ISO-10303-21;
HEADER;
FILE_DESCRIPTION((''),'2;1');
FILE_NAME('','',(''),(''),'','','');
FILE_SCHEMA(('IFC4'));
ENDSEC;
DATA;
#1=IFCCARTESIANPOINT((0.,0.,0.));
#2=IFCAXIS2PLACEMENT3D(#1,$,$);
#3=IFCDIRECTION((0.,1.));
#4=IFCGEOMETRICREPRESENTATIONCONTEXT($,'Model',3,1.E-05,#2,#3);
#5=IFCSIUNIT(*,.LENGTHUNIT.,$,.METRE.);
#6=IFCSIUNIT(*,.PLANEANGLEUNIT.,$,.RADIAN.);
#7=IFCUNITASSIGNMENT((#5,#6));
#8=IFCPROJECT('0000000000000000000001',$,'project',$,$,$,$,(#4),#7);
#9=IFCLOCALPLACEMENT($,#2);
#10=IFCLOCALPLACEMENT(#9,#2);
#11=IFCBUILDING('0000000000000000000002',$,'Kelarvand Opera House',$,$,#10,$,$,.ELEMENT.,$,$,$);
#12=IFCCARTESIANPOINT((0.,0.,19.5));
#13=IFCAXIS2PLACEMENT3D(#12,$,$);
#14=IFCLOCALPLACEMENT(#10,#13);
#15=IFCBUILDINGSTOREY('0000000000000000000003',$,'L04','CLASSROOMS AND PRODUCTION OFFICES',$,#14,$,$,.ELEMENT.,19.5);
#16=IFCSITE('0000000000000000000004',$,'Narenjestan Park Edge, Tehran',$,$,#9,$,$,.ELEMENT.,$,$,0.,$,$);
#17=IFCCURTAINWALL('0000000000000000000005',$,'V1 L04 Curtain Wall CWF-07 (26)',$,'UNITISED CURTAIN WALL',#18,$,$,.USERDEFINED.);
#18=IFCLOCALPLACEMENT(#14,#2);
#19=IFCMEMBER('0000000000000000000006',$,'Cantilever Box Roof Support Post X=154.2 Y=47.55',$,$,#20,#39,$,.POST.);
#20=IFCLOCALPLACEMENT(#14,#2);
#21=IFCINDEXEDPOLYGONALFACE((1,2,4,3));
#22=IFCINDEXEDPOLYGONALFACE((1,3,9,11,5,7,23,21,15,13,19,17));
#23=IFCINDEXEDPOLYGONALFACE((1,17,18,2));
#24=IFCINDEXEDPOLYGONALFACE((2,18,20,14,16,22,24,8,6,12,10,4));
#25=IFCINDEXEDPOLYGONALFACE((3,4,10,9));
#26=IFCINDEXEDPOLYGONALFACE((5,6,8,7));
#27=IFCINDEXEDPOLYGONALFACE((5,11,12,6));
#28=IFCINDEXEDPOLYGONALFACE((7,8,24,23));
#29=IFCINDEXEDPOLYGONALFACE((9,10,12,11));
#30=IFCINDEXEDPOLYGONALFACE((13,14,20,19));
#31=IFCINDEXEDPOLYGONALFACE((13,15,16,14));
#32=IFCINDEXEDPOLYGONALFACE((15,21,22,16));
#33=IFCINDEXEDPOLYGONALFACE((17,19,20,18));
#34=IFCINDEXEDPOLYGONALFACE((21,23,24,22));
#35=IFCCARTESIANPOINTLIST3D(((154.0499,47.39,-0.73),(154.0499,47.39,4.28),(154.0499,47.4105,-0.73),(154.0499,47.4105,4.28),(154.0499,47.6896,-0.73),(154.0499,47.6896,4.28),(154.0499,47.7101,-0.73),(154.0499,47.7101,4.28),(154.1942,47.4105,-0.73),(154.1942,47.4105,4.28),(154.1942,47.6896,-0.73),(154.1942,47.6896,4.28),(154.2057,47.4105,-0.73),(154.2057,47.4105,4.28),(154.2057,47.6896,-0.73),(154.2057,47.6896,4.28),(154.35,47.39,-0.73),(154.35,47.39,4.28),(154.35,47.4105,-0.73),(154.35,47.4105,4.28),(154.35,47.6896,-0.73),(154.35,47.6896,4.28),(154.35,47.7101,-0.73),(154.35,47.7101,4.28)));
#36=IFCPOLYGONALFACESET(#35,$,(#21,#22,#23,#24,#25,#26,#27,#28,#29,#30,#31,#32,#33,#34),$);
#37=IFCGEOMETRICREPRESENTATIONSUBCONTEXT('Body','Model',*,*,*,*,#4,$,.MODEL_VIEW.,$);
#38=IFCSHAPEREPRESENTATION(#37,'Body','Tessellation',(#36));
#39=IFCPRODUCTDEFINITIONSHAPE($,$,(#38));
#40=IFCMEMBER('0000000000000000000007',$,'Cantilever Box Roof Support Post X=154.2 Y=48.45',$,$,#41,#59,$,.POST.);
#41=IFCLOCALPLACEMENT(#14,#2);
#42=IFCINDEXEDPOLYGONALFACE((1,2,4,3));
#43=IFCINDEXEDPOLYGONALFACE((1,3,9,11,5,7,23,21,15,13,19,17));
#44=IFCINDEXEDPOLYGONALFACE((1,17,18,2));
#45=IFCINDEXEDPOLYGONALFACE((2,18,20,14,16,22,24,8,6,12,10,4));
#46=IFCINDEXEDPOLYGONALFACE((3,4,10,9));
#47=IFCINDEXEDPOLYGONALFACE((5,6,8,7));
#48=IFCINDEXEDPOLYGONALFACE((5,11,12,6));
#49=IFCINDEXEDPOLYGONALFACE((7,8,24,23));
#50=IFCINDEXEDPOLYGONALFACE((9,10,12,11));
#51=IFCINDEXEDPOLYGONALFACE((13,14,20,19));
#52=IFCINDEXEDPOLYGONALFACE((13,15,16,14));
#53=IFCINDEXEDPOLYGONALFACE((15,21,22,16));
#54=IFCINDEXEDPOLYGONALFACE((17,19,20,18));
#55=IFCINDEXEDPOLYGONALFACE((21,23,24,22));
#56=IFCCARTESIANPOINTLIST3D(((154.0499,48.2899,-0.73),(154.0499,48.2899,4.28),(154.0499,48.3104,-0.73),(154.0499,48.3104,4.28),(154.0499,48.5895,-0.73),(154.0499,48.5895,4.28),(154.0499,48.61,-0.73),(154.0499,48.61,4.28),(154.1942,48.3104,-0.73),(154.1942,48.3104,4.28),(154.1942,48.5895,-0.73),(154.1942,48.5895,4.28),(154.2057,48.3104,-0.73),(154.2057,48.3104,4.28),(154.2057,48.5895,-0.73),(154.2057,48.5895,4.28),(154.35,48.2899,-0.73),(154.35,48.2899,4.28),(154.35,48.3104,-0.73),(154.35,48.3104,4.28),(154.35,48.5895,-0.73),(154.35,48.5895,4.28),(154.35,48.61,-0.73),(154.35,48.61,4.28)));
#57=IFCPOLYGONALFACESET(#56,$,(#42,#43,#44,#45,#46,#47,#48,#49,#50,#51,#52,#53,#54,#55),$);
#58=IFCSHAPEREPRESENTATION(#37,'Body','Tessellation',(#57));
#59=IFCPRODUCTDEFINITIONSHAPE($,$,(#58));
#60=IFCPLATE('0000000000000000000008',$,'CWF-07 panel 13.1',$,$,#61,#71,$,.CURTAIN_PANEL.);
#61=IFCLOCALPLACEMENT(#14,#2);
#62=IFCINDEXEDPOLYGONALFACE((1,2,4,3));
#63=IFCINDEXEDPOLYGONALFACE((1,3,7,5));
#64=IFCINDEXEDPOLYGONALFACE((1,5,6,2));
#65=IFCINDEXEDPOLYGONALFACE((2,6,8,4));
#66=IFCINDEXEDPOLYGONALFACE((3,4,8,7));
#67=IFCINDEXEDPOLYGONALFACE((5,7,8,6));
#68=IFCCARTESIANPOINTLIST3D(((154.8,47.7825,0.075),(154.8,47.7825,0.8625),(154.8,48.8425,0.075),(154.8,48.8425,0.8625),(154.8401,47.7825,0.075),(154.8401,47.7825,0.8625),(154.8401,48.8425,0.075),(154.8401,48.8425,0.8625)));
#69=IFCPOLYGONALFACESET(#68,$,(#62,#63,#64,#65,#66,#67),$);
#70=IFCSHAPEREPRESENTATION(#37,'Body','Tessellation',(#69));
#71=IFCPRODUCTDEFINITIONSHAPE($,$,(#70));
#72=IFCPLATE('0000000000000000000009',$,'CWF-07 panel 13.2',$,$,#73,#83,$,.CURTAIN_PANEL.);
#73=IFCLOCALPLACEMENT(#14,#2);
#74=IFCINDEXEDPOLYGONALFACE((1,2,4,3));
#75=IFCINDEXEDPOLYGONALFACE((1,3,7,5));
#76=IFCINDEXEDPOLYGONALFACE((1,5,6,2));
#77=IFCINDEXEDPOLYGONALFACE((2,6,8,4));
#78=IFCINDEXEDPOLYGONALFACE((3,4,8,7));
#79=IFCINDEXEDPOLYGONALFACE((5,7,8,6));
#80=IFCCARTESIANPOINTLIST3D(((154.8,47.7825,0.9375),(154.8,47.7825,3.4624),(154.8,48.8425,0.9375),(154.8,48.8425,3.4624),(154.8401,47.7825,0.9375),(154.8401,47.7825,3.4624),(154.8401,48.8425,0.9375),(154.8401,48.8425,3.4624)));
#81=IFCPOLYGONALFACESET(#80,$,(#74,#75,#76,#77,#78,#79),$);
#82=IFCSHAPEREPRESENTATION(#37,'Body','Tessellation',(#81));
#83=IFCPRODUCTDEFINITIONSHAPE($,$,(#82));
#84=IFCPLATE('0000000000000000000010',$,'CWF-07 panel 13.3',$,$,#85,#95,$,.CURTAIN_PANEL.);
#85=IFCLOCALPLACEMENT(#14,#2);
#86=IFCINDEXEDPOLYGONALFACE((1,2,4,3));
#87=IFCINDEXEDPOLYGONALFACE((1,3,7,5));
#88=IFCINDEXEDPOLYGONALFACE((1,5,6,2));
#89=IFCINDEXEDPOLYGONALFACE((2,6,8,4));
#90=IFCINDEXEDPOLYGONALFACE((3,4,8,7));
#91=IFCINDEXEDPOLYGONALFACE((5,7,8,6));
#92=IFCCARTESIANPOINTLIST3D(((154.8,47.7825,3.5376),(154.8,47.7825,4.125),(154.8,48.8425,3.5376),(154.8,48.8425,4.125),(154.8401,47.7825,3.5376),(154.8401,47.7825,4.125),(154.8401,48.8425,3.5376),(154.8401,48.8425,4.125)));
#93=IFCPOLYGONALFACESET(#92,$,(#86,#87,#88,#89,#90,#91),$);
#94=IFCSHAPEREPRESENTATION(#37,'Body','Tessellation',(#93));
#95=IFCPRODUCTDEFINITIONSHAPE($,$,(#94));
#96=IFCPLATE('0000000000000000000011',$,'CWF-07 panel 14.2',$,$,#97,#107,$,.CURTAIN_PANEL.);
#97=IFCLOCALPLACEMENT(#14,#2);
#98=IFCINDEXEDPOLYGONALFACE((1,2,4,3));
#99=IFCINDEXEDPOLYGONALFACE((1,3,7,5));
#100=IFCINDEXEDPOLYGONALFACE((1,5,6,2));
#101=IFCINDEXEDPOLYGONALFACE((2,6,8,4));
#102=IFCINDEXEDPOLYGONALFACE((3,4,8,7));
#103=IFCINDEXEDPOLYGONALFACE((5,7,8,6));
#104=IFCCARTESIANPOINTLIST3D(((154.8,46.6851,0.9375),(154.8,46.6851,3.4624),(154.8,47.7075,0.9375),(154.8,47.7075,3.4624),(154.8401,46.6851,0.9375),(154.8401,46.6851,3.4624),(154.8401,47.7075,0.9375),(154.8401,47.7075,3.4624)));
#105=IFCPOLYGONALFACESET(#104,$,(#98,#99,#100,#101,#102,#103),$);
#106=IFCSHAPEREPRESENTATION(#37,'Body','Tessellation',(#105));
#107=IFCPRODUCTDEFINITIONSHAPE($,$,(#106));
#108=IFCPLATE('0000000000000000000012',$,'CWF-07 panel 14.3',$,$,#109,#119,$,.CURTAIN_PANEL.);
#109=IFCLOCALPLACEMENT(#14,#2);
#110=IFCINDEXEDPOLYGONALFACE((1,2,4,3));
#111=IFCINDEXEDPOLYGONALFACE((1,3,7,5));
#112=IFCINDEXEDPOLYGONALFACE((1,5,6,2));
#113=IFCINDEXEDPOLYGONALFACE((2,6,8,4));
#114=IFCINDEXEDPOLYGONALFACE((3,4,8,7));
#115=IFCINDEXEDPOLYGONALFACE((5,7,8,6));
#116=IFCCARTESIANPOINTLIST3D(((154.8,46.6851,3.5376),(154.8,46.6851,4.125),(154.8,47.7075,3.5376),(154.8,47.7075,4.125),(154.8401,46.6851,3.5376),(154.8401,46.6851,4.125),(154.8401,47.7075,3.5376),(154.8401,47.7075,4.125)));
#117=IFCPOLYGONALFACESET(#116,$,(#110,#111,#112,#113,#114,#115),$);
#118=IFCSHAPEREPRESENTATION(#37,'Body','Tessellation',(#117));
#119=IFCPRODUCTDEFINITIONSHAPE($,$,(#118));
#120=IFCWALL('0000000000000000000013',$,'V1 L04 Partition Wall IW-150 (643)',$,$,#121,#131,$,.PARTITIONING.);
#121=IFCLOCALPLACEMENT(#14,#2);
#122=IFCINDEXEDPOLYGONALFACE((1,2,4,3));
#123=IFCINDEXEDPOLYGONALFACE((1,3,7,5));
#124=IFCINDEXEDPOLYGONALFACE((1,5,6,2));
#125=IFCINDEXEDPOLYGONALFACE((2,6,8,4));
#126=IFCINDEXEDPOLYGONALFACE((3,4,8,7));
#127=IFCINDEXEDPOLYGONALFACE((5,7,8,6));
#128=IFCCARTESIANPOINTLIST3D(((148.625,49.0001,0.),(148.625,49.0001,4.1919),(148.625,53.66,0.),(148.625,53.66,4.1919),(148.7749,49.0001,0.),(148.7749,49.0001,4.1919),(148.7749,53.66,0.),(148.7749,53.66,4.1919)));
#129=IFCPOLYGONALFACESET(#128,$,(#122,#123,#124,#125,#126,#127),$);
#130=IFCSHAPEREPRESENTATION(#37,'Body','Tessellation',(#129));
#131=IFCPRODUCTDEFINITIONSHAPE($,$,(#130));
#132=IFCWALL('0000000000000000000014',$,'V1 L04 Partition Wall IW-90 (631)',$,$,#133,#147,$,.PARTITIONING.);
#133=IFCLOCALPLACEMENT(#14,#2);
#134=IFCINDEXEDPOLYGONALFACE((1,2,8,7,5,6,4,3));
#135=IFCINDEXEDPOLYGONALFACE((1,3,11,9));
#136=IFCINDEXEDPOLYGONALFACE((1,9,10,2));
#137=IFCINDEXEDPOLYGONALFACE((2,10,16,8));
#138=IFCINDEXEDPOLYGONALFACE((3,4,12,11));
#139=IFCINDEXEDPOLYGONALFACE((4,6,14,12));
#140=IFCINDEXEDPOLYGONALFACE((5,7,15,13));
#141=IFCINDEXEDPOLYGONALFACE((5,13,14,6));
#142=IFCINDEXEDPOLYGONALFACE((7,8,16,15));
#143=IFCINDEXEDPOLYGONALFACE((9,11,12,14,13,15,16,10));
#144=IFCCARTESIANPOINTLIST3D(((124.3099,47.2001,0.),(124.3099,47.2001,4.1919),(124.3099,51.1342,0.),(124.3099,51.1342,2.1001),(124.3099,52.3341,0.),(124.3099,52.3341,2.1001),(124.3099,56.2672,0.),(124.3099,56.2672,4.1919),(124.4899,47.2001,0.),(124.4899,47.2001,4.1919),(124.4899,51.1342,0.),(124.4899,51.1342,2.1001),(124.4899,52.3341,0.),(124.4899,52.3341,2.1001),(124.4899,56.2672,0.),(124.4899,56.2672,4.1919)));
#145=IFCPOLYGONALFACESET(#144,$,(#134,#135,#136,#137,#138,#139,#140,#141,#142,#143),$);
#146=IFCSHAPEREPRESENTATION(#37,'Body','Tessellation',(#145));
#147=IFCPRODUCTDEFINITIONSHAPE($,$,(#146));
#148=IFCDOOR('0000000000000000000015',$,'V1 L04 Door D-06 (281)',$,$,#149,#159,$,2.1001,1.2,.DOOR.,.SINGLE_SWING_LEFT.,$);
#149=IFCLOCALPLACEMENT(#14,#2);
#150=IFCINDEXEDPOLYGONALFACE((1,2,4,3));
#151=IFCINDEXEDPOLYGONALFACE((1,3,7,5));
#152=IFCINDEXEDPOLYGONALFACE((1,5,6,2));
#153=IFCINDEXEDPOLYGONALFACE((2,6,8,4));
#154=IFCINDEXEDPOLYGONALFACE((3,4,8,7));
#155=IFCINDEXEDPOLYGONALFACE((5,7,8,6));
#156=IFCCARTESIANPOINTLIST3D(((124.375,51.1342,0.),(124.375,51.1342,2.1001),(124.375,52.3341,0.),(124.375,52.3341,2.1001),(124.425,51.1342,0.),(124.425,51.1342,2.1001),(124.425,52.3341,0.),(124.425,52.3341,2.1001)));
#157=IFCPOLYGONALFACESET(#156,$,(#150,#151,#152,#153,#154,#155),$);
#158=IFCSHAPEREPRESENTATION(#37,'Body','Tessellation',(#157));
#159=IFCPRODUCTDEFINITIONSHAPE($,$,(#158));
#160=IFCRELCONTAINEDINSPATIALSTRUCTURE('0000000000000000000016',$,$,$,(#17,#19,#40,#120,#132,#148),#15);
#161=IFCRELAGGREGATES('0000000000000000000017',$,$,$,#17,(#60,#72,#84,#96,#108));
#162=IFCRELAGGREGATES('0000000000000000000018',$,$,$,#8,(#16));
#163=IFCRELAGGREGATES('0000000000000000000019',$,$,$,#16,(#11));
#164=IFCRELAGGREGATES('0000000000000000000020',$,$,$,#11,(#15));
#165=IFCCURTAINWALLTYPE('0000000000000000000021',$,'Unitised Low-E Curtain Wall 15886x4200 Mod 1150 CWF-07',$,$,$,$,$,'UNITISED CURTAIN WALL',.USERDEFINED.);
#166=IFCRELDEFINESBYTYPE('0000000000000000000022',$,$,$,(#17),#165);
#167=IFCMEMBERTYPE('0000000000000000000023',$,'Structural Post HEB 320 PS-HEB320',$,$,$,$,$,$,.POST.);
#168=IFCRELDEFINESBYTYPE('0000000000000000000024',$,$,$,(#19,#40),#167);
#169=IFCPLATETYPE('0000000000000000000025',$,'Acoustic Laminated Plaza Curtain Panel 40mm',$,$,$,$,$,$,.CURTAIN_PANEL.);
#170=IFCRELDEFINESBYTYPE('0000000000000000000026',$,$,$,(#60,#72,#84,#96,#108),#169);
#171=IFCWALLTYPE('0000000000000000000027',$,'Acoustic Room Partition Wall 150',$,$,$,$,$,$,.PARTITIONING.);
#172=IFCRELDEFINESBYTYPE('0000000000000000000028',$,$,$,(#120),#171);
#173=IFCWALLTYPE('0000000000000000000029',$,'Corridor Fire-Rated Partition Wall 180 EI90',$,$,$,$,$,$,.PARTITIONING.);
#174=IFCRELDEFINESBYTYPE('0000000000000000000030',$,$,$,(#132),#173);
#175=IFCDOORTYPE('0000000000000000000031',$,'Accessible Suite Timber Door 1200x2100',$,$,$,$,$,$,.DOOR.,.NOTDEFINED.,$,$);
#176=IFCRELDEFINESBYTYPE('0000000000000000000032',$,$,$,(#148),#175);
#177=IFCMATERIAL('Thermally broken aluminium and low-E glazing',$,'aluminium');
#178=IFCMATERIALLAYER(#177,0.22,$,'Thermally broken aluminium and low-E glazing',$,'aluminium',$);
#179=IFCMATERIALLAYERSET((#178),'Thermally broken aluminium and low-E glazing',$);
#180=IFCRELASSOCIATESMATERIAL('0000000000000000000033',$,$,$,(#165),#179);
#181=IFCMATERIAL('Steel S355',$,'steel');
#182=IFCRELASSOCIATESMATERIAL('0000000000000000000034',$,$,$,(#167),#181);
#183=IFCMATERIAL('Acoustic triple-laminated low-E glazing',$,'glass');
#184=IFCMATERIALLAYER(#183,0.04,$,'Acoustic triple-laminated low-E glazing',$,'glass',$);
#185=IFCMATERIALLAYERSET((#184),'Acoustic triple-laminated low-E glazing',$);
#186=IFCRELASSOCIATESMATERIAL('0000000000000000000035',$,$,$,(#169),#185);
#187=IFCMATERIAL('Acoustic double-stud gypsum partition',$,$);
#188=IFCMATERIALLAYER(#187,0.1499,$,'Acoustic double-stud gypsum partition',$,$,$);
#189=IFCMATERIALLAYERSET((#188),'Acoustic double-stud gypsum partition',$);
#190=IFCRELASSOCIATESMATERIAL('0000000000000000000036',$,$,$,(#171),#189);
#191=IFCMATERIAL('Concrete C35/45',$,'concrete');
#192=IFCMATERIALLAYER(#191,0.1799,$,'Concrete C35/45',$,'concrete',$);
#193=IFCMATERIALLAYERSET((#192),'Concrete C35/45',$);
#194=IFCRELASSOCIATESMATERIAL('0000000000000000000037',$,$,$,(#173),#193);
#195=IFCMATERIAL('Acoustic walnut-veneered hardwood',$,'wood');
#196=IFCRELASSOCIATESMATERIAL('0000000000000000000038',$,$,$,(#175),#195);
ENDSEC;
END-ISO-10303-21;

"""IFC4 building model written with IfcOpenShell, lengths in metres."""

from ifc_helpers import new_model, si_unit, direction, frame, frame_2d, origin, origin_2d, place, context, subcontext, project, spatial, rectangle, i_section, extrude, material, layer, layer_set, material_profile, profile_set, type_object, element, fill, aggregate, save


model = new_model("IFC4")

# Units and contexts
model_context = context("Model", 3, precision=1e-05, world=origin(), true_north=direction((0.0, 1.0)))
body_context = subcontext(model_context, "Body", "Model", "MODEL_VIEW")
ifc_project = project(units=[si_unit("LENGTHUNIT", "METRE"), si_unit("PLANEANGLEUNIT", "RADIAN")], contexts=[model_context])

# Site, building, storey
site_placement = place(None, origin())
site = spatial("IfcSite", under=ifc_project, at=site_placement, Name="Narenjestan Park Edge, Tehran", CompositionType="ELEMENT", RefElevation=0.0)
building_placement = place(site_placement, origin())
building = spatial("IfcBuilding", under=site, at=building_placement, Name="Kelarvand Opera House", CompositionType="ELEMENT")
storey_placement = place(building_placement, frame((0.0, 0.0, 19.5)))
storey = spatial("IfcBuildingStorey", under=building, at=storey_placement, Name="L04", Description="CLASSROOMS AND PRODUCTION OFFICES", CompositionType="ELEMENT", Elevation=19.5)

# Curtain wall
ifc_material_1 = material(Name="Thermally broken aluminium and low-E glazing", Category="aluminium")
ifc_layer_1 = layer(ifc_material_1, 0.22, Name="Thermally broken aluminium and low-E glazing", Category="aluminium")
ifc_layer_set_1 = layer_set([ifc_layer_1], Name="Thermally broken aluminium and low-E glazing")
curtain_wall_type = type_object("IfcCurtainWallType", Name="Unitised Low-E Curtain Wall 15886x4200 Mod 1150 CWF-07", ElementType="UNITISED CURTAIN WALL", PredefinedType="USERDEFINED", material=ifc_layer_set_1)
curtain_wall_placement = place(storey_placement, origin())
curtain_wall = element("IfcCurtainWall", 1, at=curtain_wall_placement, inside=storey, type_object=curtain_wall_type, Name="V1 L04 Curtain Wall CWF-07 (26)", ObjectType="UNITISED CURTAIN WALL", PredefinedType="USERDEFINED")

# Members
ifc_material_2 = material(Name="Steel S355", Category="steel")
ifc_material_profile_1 = material_profile(ifc_material_2, i_section(OverallWidth=0.3, OverallDepth=0.3201, WebThickness=0.0115, FlangeThickness=0.0205, at=origin_2d()), Name="HEB 320", Category="steel")
ifc_profile_set_1 = profile_set([ifc_material_profile_1], Name="Steel S355")
member_type_1 = type_object("IfcMemberType", Name="Structural Post HEB 320 PS-HEB320", PredefinedType="POST", material=ifc_profile_set_1)
for number, where, z_axis, x_axis, name in (
    (2, (154.2, 47.55, -0.73), (0.0, 0.0, 1.0), (1.0, 0.0, 0.0), "Cantilever Box Roof Support Post X=154.2 Y=47.55"),
    (3, (154.2, 48.45, -0.73), (0.0, 0.0, 1.0), (1.0, 0.0, 0.0), "Cantilever Box Roof Support Post X=154.2 Y=48.45"),
):
    element("IfcMember", number, at=place(storey_placement, frame(where, z_axis=z_axis, x_axis=x_axis)), inside=storey, type_object=member_type_1, Name=name, PredefinedType="POST", context=body_context, shape_type="SweptSolid", body=[
        extrude(i_section(OverallWidth=0.3, OverallDepth=0.3201, WebThickness=0.0115, FlangeThickness=0.0205, at=origin_2d()), origin(), (0.0, 0.0, 1.0), 5.01),
    ])

# Plates
ifc_material_3 = material(Name="Acoustic triple-laminated low-E glazing", Category="glass")
ifc_layer_2 = layer(ifc_material_3, 0.04, Name="Acoustic triple-laminated low-E glazing", Category="glass")
ifc_layer_set_2 = layer_set([ifc_layer_2], Name="Acoustic triple-laminated low-E glazing")
plate_type = type_object("IfcPlateType", Name="Acoustic Laminated Plaza Curtain Panel 40mm", PredefinedType="CURTAIN_PANEL", material=ifc_layer_set_2)
plate_1_placement = place(storey_placement, frame((154.8201, 48.3125, 0.075), z_axis=(0.0, 0.0, 1.0), x_axis=(0.0, -1.0, 0.0)))
plate_1 = element("IfcPlate", 4, at=plate_1_placement, type_object=plate_type, Name="CWF-07 panel 13.1", PredefinedType="CURTAIN_PANEL", context=body_context, shape_type="SweptSolid", body=[
    extrude(rectangle(XDim=1.0601, YDim=0.04, at=origin_2d()), origin(), (0.0, 0.0, 1.0), 0.7876),
])
plate_2_placement = place(storey_placement, frame((154.8201, 48.3125, 0.9375), z_axis=(0.0, 0.0, 1.0), x_axis=(0.0, -1.0, 0.0)))
plate_2 = element("IfcPlate", 5, at=plate_2_placement, type_object=plate_type, Name="CWF-07 panel 13.2", PredefinedType="CURTAIN_PANEL", context=body_context, shape_type="SweptSolid", body=[
    extrude(rectangle(XDim=1.0601, YDim=0.04, at=origin_2d()), origin(), (0.0, 0.0, 1.0), 2.5249),
])
plate_3_placement = place(storey_placement, frame((154.8201, 48.3125, 3.5376), z_axis=(0.0, 0.0, 1.0), x_axis=(0.0, -1.0, 0.0)))
plate_3 = element("IfcPlate", 6, at=plate_3_placement, type_object=plate_type, Name="CWF-07 panel 13.3", PredefinedType="CURTAIN_PANEL", context=body_context, shape_type="SweptSolid", body=[
    extrude(rectangle(XDim=1.0601, YDim=0.04, at=origin_2d()), origin(), (0.0, 0.0, 1.0), 0.5874),
])
plate_4_placement = place(storey_placement, frame((154.8201, 47.1963, 0.9375), z_axis=(0.0, 0.0, 1.0), x_axis=(0.0, -1.0, 0.0)))
plate_4 = element("IfcPlate", 7, at=plate_4_placement, type_object=plate_type, Name="CWF-07 panel 14.2", PredefinedType="CURTAIN_PANEL", context=body_context, shape_type="SweptSolid", body=[
    extrude(rectangle(XDim=1.0225, YDim=0.04, at=origin_2d()), origin(), (0.0, 0.0, 1.0), 2.5249),
])
plate_5_placement = place(storey_placement, frame((154.8201, 47.1963, 3.5376), z_axis=(0.0, 0.0, 1.0), x_axis=(0.0, -1.0, 0.0)))
plate_5 = element("IfcPlate", 8, at=plate_5_placement, type_object=plate_type, Name="CWF-07 panel 14.3", PredefinedType="CURTAIN_PANEL", context=body_context, shape_type="SweptSolid", body=[
    extrude(rectangle(XDim=1.0225, YDim=0.04, at=origin_2d()), origin(), (0.0, 0.0, 1.0), 0.5874),
])
aggregate(curtain_wall, [plate_1, plate_2, plate_3, plate_4, plate_5])

# Wall
ifc_material_4 = material(Name="Acoustic double-stud gypsum partition")
ifc_layer_3 = layer(ifc_material_4, 0.1499, Name="Acoustic double-stud gypsum partition")
ifc_layer_set_3 = layer_set([ifc_layer_3], Name="Acoustic double-stud gypsum partition")
wall_type_1 = type_object("IfcWallType", Name="Acoustic Room Partition Wall 150", PredefinedType="PARTITIONING", material=ifc_layer_set_3)
wall_1_placement = place(storey_placement, frame((148.7, 49.0, 0.0), z_axis=(0.0, 0.0, 1.0), x_axis=(0.0, 1.0, 0.0)))
element("IfcWall", 9, at=wall_1_placement, inside=storey, type_object=wall_type_1, Name="V1 L04 Partition Wall IW-150 (643)", PredefinedType="PARTITIONING", context=body_context, shape_type="SweptSolid", body=[
    extrude(rectangle(XDim=4.6599, YDim=0.1499, at=frame_2d((2.3301, 0.0))), origin(), (0.0, 0.0, 1.0), 4.1919),
])

# Wall, opening, door
ifc_material_5 = material(Name="Concrete C35/45", Category="concrete")
ifc_layer_4 = layer(ifc_material_5, 0.1799, Name="Concrete C35/45", Category="concrete")
ifc_layer_set_4 = layer_set([ifc_layer_4], Name="Concrete C35/45")
wall_type_2 = type_object("IfcWallType", Name="Corridor Fire-Rated Partition Wall 180 EI90", PredefinedType="PARTITIONING", material=ifc_layer_set_4)
wall_2_placement = place(storey_placement, frame((124.3999, 47.2, 0.0), z_axis=(0.0, 0.0, 1.0), x_axis=(0.0, 1.0, 0.0)))
wall_2 = element("IfcWall", 10, at=wall_2_placement, inside=storey, type_object=wall_type_2, Name="V1 L04 Partition Wall IW-90 (631)", PredefinedType="PARTITIONING", context=body_context, shape_type="SweptSolid", body=[
    extrude(rectangle(XDim=9.0671, YDim=0.1799, at=frame_2d((4.5337, 0.0))), origin(), (0.0, 0.0, 1.0), 4.1919),
])
opening_placement = place(wall_2_placement, frame((3.9341, 0.0, 0.0)))
opening = element("IfcOpeningElement", 11, at=opening_placement, cuts=wall_2, PredefinedType="OPENING", context=body_context, shape_type="SweptSolid", body=[
    extrude(rectangle(XDim=1.2, YDim=2.1001, at=frame_2d((0.6001, 1.05))), frame((0.0, 0.1001, 0.0), z_axis=(0.0, -1.0, 0.0), x_axis=(1.0, 0.0, 0.0)), (0.0, 0.0, 1.0), 0.2),
])
ifc_material_6 = material(Name="Acoustic walnut-veneered hardwood", Category="wood")
door_type = type_object("IfcDoorType", Name="Accessible Suite Timber Door 1200x2100", OperationType="NOTDEFINED", PredefinedType="DOOR", material=ifc_material_6)
door_placement = place(opening_placement, origin())
door = element("IfcDoor", 12, at=door_placement, inside=storey, type_object=door_type, Name="V1 L04 Door D-06 (281)", OperationType="SINGLE_SWING_LEFT", OverallHeight=2.1001, OverallWidth=1.2, PredefinedType="DOOR", context=body_context, shape_type="SweptSolid", body=[
    extrude(rectangle(XDim=1.2, YDim=2.1001, at=frame_2d((0.6001, 1.05))), frame((0.0, 0.0249, 0.0), z_axis=(0.0, -1.0, 0.0), x_axis=(1.0, 0.0, 0.0)), (0.0, 0.0, 1.0), 0.05),
])
fill(opening, door)

save(model, "model.ifc")
